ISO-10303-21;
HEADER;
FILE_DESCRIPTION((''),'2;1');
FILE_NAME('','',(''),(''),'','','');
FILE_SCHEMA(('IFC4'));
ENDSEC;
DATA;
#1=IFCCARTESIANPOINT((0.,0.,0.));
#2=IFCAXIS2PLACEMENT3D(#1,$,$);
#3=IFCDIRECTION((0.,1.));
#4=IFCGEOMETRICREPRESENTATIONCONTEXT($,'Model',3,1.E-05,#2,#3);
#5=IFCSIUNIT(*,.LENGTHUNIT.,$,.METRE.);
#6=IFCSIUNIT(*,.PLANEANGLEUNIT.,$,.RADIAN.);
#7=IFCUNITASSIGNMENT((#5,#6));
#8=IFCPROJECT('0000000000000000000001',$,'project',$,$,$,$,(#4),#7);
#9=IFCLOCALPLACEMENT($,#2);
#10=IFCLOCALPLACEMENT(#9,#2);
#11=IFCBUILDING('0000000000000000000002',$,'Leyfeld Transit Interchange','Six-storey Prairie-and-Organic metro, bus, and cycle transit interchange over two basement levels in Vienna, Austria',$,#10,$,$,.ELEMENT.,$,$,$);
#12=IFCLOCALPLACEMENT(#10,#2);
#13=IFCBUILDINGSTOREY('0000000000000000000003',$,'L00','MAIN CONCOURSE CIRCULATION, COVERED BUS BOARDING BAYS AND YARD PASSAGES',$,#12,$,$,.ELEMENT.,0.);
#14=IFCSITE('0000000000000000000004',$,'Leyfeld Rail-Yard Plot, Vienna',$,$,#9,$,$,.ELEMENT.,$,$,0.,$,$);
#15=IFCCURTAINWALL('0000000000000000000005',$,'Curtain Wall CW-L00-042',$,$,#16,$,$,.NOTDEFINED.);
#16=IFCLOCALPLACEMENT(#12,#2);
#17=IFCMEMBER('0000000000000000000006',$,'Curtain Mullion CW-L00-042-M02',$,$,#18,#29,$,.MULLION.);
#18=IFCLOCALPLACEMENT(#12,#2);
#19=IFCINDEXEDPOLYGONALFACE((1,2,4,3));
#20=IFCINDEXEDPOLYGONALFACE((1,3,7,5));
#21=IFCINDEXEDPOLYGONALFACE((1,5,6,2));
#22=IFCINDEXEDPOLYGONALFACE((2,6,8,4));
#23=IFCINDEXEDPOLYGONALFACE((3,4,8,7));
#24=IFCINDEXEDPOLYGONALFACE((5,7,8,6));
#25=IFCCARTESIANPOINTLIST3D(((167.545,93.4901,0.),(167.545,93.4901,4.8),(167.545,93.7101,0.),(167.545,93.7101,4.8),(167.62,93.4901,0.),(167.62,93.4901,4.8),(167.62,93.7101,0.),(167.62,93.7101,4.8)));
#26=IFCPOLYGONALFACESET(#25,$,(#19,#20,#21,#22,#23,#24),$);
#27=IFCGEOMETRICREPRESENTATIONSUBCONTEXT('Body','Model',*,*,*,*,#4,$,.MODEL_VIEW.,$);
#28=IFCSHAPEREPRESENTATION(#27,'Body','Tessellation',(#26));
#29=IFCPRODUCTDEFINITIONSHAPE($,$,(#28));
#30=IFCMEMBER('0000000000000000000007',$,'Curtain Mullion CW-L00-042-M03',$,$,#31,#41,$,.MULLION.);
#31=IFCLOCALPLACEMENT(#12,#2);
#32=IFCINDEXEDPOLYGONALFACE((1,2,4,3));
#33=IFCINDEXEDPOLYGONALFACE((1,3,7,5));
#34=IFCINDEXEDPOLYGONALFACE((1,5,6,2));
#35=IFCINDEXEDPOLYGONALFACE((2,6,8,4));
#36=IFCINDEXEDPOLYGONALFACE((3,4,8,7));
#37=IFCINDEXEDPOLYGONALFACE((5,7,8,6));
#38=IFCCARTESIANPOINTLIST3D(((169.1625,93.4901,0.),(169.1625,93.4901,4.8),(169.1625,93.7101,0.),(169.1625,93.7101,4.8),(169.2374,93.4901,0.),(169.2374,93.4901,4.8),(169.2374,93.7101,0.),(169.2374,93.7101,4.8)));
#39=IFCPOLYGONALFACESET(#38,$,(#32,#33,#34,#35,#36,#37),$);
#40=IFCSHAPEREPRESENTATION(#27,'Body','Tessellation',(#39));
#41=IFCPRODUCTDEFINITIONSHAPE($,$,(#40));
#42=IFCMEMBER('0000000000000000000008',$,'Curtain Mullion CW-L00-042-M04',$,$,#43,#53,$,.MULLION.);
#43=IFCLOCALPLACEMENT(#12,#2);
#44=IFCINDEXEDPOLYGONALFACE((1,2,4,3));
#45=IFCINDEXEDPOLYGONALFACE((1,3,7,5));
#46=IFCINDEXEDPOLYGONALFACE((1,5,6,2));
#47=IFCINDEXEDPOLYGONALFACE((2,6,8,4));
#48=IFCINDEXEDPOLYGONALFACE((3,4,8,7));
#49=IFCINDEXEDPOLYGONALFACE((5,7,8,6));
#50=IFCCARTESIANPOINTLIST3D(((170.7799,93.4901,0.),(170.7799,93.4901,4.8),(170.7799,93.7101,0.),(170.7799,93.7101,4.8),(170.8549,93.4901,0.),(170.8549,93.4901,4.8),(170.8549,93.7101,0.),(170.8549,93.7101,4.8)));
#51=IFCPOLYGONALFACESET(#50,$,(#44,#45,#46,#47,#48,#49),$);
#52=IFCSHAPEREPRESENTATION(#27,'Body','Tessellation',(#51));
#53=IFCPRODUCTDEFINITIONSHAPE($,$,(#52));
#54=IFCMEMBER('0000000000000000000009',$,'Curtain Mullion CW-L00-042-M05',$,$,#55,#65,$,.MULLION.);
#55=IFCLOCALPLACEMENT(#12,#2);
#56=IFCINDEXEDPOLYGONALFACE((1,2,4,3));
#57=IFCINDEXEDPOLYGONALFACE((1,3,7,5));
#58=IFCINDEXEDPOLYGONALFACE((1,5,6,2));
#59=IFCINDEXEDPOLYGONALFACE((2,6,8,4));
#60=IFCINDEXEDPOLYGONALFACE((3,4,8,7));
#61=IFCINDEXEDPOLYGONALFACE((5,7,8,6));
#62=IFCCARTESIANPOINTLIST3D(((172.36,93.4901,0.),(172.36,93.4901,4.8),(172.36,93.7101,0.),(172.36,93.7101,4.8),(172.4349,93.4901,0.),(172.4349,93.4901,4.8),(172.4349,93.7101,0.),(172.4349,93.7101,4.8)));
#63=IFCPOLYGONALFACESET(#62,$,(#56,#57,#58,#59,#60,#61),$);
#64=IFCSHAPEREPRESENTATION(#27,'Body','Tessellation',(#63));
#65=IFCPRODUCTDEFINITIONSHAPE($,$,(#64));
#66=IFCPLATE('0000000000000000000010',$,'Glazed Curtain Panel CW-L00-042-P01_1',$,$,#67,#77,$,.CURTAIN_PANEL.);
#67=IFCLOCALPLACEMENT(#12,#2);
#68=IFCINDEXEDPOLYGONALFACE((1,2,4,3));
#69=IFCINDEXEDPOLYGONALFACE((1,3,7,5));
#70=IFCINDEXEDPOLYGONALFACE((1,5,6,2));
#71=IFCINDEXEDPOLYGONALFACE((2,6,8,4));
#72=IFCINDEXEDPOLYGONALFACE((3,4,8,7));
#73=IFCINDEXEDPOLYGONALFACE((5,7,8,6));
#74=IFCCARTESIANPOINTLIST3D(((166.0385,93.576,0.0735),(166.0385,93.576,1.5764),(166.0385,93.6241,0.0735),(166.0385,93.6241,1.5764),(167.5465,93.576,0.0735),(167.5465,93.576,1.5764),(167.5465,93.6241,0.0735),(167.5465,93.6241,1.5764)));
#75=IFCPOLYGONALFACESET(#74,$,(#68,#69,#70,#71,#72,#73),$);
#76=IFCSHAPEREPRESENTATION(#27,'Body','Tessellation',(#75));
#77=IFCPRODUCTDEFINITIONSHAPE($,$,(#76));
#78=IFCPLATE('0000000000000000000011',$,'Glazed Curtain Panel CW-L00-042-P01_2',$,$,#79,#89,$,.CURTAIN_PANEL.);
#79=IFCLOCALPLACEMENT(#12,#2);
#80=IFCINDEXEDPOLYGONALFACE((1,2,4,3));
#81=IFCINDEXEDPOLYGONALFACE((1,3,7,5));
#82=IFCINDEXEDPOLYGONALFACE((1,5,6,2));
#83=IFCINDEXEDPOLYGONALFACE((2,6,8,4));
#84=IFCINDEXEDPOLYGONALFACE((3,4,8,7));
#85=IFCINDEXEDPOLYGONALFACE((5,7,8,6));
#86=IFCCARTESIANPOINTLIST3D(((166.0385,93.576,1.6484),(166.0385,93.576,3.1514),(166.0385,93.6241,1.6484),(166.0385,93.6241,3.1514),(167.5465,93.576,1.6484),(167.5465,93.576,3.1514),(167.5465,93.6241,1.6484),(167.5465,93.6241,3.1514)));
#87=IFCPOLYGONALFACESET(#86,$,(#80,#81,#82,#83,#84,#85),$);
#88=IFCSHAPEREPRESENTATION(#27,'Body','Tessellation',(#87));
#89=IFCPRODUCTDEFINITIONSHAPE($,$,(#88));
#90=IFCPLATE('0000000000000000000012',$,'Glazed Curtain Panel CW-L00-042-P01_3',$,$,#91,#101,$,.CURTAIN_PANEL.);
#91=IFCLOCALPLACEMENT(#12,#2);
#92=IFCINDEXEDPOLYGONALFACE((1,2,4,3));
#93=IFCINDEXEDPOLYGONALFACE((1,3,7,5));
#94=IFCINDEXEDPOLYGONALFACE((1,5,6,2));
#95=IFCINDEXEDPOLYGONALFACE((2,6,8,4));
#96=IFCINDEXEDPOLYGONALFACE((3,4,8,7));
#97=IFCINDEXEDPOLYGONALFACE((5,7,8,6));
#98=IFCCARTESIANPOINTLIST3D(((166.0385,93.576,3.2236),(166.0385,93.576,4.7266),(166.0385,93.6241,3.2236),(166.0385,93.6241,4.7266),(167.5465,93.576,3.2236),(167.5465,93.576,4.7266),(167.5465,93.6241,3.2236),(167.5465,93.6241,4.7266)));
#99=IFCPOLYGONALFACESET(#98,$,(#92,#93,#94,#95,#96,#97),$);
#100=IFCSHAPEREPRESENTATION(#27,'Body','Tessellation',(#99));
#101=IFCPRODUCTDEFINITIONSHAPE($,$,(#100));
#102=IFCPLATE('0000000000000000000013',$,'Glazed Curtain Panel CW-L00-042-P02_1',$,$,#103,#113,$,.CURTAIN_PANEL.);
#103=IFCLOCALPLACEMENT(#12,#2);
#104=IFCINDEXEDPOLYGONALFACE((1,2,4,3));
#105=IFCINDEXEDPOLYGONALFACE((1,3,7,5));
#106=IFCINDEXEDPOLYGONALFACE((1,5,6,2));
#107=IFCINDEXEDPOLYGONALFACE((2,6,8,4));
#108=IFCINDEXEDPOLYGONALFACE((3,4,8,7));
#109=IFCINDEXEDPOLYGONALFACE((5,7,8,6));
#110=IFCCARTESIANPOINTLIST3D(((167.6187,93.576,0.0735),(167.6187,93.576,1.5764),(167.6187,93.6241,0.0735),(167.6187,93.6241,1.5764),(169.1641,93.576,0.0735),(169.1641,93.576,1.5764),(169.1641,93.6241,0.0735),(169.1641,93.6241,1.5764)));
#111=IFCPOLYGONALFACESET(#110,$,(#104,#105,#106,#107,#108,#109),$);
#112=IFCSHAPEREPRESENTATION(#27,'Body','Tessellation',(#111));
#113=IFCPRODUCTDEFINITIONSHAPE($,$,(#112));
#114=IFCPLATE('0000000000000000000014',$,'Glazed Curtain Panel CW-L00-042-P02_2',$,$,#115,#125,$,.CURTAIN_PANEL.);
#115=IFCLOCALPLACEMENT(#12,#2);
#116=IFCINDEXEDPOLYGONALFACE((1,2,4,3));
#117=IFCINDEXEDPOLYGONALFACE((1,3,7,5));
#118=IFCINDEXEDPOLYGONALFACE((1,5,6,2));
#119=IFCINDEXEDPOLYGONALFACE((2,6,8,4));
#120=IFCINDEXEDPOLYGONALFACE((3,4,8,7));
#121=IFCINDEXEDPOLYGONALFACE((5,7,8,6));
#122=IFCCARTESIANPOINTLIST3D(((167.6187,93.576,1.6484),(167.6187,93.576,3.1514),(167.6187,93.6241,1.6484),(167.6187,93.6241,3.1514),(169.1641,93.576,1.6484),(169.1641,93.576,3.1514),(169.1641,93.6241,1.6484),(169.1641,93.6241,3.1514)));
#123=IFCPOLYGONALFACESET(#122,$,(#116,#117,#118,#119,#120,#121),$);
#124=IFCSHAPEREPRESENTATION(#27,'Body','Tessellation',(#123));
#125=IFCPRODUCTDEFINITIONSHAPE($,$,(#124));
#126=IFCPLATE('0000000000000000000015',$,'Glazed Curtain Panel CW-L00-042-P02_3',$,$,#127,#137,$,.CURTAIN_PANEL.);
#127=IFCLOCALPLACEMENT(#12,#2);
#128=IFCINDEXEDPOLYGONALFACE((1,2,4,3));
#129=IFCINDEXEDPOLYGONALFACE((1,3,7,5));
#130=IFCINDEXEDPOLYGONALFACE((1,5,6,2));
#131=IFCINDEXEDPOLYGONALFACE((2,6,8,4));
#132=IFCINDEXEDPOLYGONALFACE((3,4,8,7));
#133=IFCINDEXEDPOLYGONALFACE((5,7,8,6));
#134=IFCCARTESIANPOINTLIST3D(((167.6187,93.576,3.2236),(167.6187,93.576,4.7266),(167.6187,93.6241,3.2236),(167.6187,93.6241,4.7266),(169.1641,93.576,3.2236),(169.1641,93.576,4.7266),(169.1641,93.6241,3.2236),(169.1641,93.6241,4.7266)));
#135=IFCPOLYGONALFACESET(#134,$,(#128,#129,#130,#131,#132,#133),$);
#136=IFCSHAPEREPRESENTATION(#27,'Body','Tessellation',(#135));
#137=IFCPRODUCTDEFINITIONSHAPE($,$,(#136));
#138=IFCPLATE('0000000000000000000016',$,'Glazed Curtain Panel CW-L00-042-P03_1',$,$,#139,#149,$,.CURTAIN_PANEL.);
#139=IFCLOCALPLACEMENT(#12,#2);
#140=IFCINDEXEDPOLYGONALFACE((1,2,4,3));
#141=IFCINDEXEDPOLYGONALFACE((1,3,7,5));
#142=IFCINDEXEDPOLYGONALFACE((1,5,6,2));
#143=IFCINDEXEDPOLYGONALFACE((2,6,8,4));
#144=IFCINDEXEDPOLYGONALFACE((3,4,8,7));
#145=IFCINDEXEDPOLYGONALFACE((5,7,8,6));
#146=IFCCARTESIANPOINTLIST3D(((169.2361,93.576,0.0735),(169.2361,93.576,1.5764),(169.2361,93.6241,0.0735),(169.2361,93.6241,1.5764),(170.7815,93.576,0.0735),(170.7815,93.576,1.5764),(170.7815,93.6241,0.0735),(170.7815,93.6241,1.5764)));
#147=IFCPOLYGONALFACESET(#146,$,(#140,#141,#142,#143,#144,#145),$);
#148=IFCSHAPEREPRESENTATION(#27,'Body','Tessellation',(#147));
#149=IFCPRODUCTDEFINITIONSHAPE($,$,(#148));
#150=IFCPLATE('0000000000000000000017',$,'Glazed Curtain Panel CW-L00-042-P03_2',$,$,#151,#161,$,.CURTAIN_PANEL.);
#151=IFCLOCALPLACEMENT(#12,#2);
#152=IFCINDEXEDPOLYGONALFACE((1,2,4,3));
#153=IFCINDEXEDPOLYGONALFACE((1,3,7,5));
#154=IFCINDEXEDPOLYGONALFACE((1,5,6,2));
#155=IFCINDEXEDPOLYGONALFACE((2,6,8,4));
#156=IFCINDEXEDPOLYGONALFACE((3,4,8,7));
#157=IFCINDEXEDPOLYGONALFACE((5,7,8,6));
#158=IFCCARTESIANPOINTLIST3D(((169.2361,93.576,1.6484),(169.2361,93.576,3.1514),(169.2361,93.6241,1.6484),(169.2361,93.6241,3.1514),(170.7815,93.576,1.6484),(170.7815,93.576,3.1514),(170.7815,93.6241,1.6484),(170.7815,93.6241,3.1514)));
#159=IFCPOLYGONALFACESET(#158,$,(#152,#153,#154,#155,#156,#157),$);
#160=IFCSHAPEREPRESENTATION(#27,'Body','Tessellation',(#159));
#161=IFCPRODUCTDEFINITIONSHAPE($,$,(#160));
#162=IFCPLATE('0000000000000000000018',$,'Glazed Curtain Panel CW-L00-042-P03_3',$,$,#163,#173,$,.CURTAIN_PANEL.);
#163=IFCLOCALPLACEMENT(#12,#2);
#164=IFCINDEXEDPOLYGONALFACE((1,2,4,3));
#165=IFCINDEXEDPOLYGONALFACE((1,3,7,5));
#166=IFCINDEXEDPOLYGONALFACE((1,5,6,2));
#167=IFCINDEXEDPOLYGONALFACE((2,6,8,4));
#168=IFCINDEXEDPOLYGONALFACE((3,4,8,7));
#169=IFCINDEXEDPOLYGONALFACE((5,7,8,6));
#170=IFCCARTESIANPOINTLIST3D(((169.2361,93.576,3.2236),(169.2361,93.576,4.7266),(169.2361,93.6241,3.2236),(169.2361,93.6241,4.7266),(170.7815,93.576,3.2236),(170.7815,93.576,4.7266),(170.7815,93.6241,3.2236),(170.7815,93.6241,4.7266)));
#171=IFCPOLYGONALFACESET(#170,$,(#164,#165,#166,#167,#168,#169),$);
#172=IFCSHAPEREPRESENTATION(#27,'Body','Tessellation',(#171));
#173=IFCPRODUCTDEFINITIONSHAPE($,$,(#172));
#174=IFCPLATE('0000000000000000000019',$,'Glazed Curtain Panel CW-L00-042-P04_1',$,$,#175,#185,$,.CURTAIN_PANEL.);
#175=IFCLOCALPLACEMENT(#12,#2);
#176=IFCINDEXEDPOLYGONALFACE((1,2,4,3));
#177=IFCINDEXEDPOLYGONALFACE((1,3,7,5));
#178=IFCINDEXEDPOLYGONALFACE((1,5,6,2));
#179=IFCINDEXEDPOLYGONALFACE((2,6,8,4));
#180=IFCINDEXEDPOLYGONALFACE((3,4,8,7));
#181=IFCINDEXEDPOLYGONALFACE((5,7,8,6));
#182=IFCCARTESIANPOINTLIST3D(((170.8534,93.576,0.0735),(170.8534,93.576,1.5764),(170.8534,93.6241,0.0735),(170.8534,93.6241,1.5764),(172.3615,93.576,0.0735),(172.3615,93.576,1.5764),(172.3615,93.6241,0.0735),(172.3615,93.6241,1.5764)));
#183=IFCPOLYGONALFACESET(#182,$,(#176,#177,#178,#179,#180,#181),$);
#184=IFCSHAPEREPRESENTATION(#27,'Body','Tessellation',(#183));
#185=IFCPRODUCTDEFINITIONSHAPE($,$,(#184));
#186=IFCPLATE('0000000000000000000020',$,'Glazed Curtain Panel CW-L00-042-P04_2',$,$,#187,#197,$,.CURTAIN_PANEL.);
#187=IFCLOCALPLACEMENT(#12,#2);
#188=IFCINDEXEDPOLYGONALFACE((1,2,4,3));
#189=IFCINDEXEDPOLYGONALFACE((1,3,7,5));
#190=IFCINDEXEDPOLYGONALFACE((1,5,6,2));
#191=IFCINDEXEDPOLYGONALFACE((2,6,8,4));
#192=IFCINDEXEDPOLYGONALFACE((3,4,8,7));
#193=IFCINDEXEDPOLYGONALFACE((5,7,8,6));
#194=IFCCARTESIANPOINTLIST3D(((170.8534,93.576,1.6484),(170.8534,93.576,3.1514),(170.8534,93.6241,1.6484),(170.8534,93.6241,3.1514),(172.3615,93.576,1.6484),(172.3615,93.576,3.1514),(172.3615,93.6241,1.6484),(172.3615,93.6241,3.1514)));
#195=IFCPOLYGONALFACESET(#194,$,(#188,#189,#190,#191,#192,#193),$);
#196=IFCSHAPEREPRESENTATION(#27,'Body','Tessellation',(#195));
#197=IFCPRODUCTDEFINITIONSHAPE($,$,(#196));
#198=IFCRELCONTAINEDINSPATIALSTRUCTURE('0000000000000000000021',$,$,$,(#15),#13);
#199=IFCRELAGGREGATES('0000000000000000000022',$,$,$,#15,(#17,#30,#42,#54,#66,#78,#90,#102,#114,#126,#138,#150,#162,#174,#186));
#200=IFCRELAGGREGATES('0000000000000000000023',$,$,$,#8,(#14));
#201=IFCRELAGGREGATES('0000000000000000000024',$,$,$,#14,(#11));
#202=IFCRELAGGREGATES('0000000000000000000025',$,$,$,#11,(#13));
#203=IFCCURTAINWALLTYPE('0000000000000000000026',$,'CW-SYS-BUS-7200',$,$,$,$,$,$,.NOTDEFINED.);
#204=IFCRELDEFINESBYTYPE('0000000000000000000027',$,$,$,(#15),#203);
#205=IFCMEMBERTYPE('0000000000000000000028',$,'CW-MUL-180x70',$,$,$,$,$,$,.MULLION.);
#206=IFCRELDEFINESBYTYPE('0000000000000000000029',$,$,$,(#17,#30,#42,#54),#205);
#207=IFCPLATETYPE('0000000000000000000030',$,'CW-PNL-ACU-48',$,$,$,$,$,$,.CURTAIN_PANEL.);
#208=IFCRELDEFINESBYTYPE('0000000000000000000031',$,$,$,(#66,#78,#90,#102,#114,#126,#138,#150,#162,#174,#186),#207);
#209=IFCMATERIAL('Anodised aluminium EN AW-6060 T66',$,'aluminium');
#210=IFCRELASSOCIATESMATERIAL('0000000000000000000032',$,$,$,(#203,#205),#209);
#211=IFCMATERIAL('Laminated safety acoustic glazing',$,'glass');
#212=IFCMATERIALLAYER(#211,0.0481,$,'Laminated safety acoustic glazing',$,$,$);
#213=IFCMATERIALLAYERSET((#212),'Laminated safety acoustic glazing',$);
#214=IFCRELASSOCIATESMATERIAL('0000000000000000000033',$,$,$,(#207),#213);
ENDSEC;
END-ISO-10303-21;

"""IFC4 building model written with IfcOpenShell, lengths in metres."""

from ifc_helpers import new_model, si_unit, direction, frame, origin, origin_2d, place, context, subcontext, project, spatial, rectangle, extrude, material, layer, layer_set, material_profile, profile_set, type_object, element, aggregate, save


model = new_model("IFC4")

# Units and contexts
model_context = context("Model", 3, precision=1e-05, world=origin(), true_north=direction((0.0, 1.0)))
body_context = subcontext(model_context, "Body", "Model", "MODEL_VIEW")
ifc_project = project(units=[si_unit("LENGTHUNIT", "METRE"), si_unit("PLANEANGLEUNIT", "RADIAN")], contexts=[model_context])

# Site, building, storey
site_placement = place(None, origin())
site = spatial("IfcSite", under=ifc_project, at=site_placement, Name="Leyfeld Rail-Yard Plot, Vienna", CompositionType="ELEMENT", RefElevation=0.0)
building_placement = place(site_placement, origin())
building = spatial("IfcBuilding", under=site, at=building_placement, Name="Leyfeld Transit Interchange", Description="Six-storey Prairie-and-Organic metro, bus, and cycle transit interchange over two basement levels in Vienna, Austria", CompositionType="ELEMENT")
storey_placement = place(building_placement, origin())
storey = spatial("IfcBuildingStorey", under=building, at=storey_placement, Name="L00", Description="MAIN CONCOURSE CIRCULATION, COVERED BUS BOARDING BAYS AND YARD PASSAGES", CompositionType="ELEMENT", Elevation=0.0)

# Curtain wall, members, plates
ifc_material_1 = material(Name="Anodised aluminium EN AW-6060 T66", Category="aluminium")
curtain_wall_type = type_object("IfcCurtainWallType", Name="CW-SYS-BUS-7200", PredefinedType="NOTDEFINED", material=ifc_material_1)
curtain_wall_placement = place(storey_placement, origin())
curtain_wall = element("IfcCurtainWall", 1, at=curtain_wall_placement, inside=storey, type_object=curtain_wall_type, Name="Curtain Wall CW-L00-042", PredefinedType="NOTDEFINED")
ifc_material_profile_1 = material_profile(ifc_material_1, rectangle(XDim=0.075, YDim=0.22, at=origin_2d()), Name="CW-M 75x220")
ifc_profile_set_1 = profile_set([ifc_material_profile_1], Name="Anodised aluminium EN AW-6060 T66")
member_type = type_object("IfcMemberType", Name="CW-MUL-180x70", PredefinedType="MULLION", material=ifc_profile_set_1)
member_1_placement = place(storey_placement, frame((167.5825, 93.6001, 0.0), z_axis=(0.0, 0.0, 1.0), x_axis=(1.0, 0.0, 0.0)))
member_1 = element("IfcMember", 2, at=member_1_placement, type_object=member_type, Name="Curtain Mullion CW-L00-042-M02", PredefinedType="MULLION", context=body_context, shape_type="SweptSolid", body=[
    extrude(rectangle(XDim=0.075, YDim=0.22, at=origin_2d()), origin(), (0.0, 0.0, 1.0), 4.8),
])
member_2_placement = place(storey_placement, frame((169.2, 93.6001, 0.0), z_axis=(0.0, 0.0, 1.0), x_axis=(1.0, 0.0, 0.0)))
member_2 = element("IfcMember", 3, at=member_2_placement, type_object=member_type, Name="Curtain Mullion CW-L00-042-M03", PredefinedType="MULLION", context=body_context, shape_type="SweptSolid", body=[
    extrude(rectangle(XDim=0.075, YDim=0.22, at=origin_2d()), origin(), (0.0, 0.0, 1.0), 4.8),
])
member_3_placement = place(storey_placement, frame((170.8174, 93.6001, 0.0), z_axis=(0.0, 0.0, 1.0), x_axis=(1.0, 0.0, 0.0)))
member_3 = element("IfcMember", 4, at=member_3_placement, type_object=member_type, Name="Curtain Mullion CW-L00-042-M04", PredefinedType="MULLION", context=body_context, shape_type="SweptSolid", body=[
    extrude(rectangle(XDim=0.075, YDim=0.22, at=origin_2d()), origin(), (0.0, 0.0, 1.0), 4.8),
])
member_4_placement = place(storey_placement, frame((172.3975, 93.6001, 0.0), z_axis=(0.0, 0.0, 1.0), x_axis=(1.0, 0.0, 0.0)))
member_4 = element("IfcMember", 5, at=member_4_placement, type_object=member_type, Name="Curtain Mullion CW-L00-042-M05", PredefinedType="MULLION", context=body_context, shape_type="SweptSolid", body=[
    extrude(rectangle(XDim=0.075, YDim=0.22, at=origin_2d()), origin(), (0.0, 0.0, 1.0), 4.8),
])
ifc_material_2 = material(Name="Laminated safety acoustic glazing", Category="glass")
ifc_layer_1 = layer(ifc_material_2, 0.0481, Name="Laminated safety acoustic glazing")
ifc_layer_set_1 = layer_set([ifc_layer_1], Name="Laminated safety acoustic glazing")
plate_type = type_object("IfcPlateType", Name="CW-PNL-ACU-48", PredefinedType="CURTAIN_PANEL", material=ifc_layer_set_1)
plate_1_placement = place(storey_placement, frame((166.7925, 93.6001, 0.0735), z_axis=(0.0, 0.0, 1.0), x_axis=(1.0, 0.0, 0.0)))
plate_1 = element("IfcPlate", 6, at=plate_1_placement, type_object=plate_type, Name="Glazed Curtain Panel CW-L00-042-P01_1", PredefinedType="CURTAIN_PANEL", context=body_context, shape_type="SweptSolid", body=[
    extrude(rectangle(XDim=1.5081, YDim=0.0481, at=origin_2d()), origin(), (0.0, 0.0, 1.0), 1.5029),
])
plate_2_placement = place(storey_placement, frame((166.7925, 93.6001, 1.6484), z_axis=(0.0, 0.0, 1.0), x_axis=(1.0, 0.0, 0.0)))
plate_2 = element("IfcPlate", 7, at=plate_2_placement, type_object=plate_type, Name="Glazed Curtain Panel CW-L00-042-P01_2", PredefinedType="CURTAIN_PANEL", context=body_context, shape_type="SweptSolid", body=[
    extrude(rectangle(XDim=1.5081, YDim=0.0481, at=origin_2d()), origin(), (0.0, 0.0, 1.0), 1.5029),
])
plate_3_placement = place(storey_placement, frame((166.7925, 93.6001, 3.2236), z_axis=(0.0, 0.0, 1.0), x_axis=(1.0, 0.0, 0.0)))
plate_3 = element("IfcPlate", 8, at=plate_3_placement, type_object=plate_type, Name="Glazed Curtain Panel CW-L00-042-P01_3", PredefinedType="CURTAIN_PANEL", context=body_context, shape_type="SweptSolid", body=[
    extrude(rectangle(XDim=1.5081, YDim=0.0481, at=origin_2d()), origin(), (0.0, 0.0, 1.0), 1.5029),
])
plate_4_placement = place(storey_placement, frame((168.3914, 93.6001, 0.0735), z_axis=(0.0, 0.0, 1.0), x_axis=(1.0, 0.0, 0.0)))
plate_4 = element("IfcPlate", 9, at=plate_4_placement, type_object=plate_type, Name="Glazed Curtain Panel CW-L00-042-P02_1", PredefinedType="CURTAIN_PANEL", context=body_context, shape_type="SweptSolid", body=[
    extrude(rectangle(XDim=1.5454, YDim=0.0481, at=origin_2d()), origin(), (0.0, 0.0, 1.0), 1.5029),
])
plate_5_placement = place(storey_placement, frame((168.3914, 93.6001, 1.6484), z_axis=(0.0, 0.0, 1.0), x_axis=(1.0, 0.0, 0.0)))
plate_5 = element("IfcPlate", 10, at=plate_5_placement, type_object=plate_type, Name="Glazed Curtain Panel CW-L00-042-P02_2", PredefinedType="CURTAIN_PANEL", context=body_context, shape_type="SweptSolid", body=[
    extrude(rectangle(XDim=1.5454, YDim=0.0481, at=origin_2d()), origin(), (0.0, 0.0, 1.0), 1.5029),
])
plate_6_placement = place(storey_placement, frame((168.3914, 93.6001, 3.2236), z_axis=(0.0, 0.0, 1.0), x_axis=(1.0, 0.0, 0.0)))
plate_6 = element("IfcPlate", 11, at=plate_6_placement, type_object=plate_type, Name="Glazed Curtain Panel CW-L00-042-P02_3", PredefinedType="CURTAIN_PANEL", context=body_context, shape_type="SweptSolid", body=[
    extrude(rectangle(XDim=1.5454, YDim=0.0481, at=origin_2d()), origin(), (0.0, 0.0, 1.0), 1.5029),
])
plate_7_placement = place(storey_placement, frame((170.0088, 93.6001, 0.0735), z_axis=(0.0, 0.0, 1.0), x_axis=(1.0, 0.0, 0.0)))
plate_7 = element("IfcPlate", 12, at=plate_7_placement, type_object=plate_type, Name="Glazed Curtain Panel CW-L00-042-P03_1", PredefinedType="CURTAIN_PANEL", context=body_context, shape_type="SweptSolid", body=[
    extrude(rectangle(XDim=1.5454, YDim=0.0481, at=origin_2d()), origin(), (0.0, 0.0, 1.0), 1.5029),
])
plate_8_placement = place(storey_placement, frame((170.0088, 93.6001, 1.6484), z_axis=(0.0, 0.0, 1.0), x_axis=(1.0, 0.0, 0.0)))
plate_8 = element("IfcPlate", 13, at=plate_8_placement, type_object=plate_type, Name="Glazed Curtain Panel CW-L00-042-P03_2", PredefinedType="CURTAIN_PANEL", context=body_context, shape_type="SweptSolid", body=[
    extrude(rectangle(XDim=1.5454, YDim=0.0481, at=origin_2d()), origin(), (0.0, 0.0, 1.0), 1.5029),
])
plate_9_placement = place(storey_placement, frame((170.0088, 93.6001, 3.2236), z_axis=(0.0, 0.0, 1.0), x_axis=(1.0, 0.0, 0.0)))
plate_9 = element("IfcPlate", 14, at=plate_9_placement, type_object=plate_type, Name="Glazed Curtain Panel CW-L00-042-P03_3", PredefinedType="CURTAIN_PANEL", context=body_context, shape_type="SweptSolid", body=[
    extrude(rectangle(XDim=1.5454, YDim=0.0481, at=origin_2d()), origin(), (0.0, 0.0, 1.0), 1.5029),
])
plate_10_placement = place(storey_placement, frame((171.6074, 93.6001, 0.0735), z_axis=(0.0, 0.0, 1.0), x_axis=(1.0, 0.0, 0.0)))
plate_10 = element("IfcPlate", 15, at=plate_10_placement, type_object=plate_type, Name="Glazed Curtain Panel CW-L00-042-P04_1", PredefinedType="CURTAIN_PANEL", context=body_context, shape_type="SweptSolid", body=[
    extrude(rectangle(XDim=1.5081, YDim=0.0481, at=origin_2d()), origin(), (0.0, 0.0, 1.0), 1.5029),
])
plate_11_placement = place(storey_placement, frame((171.6074, 93.6001, 1.6484), z_axis=(0.0, 0.0, 1.0), x_axis=(1.0, 0.0, 0.0)))
plate_11 = element("IfcPlate", 16, at=plate_11_placement, type_object=plate_type, Name="Glazed Curtain Panel CW-L00-042-P04_2", PredefinedType="CURTAIN_PANEL", context=body_context, shape_type="SweptSolid", body=[
    extrude(rectangle(XDim=1.5081, YDim=0.0481, at=origin_2d()), origin(), (0.0, 0.0, 1.0), 1.5029),
])
aggregate(curtain_wall, [member_1, member_2, member_3, member_4, plate_1, plate_2, plate_3, plate_4, plate_5, plate_6, plate_7, plate_8, plate_9, plate_10, plate_11])

save(model, "model.ifc")
